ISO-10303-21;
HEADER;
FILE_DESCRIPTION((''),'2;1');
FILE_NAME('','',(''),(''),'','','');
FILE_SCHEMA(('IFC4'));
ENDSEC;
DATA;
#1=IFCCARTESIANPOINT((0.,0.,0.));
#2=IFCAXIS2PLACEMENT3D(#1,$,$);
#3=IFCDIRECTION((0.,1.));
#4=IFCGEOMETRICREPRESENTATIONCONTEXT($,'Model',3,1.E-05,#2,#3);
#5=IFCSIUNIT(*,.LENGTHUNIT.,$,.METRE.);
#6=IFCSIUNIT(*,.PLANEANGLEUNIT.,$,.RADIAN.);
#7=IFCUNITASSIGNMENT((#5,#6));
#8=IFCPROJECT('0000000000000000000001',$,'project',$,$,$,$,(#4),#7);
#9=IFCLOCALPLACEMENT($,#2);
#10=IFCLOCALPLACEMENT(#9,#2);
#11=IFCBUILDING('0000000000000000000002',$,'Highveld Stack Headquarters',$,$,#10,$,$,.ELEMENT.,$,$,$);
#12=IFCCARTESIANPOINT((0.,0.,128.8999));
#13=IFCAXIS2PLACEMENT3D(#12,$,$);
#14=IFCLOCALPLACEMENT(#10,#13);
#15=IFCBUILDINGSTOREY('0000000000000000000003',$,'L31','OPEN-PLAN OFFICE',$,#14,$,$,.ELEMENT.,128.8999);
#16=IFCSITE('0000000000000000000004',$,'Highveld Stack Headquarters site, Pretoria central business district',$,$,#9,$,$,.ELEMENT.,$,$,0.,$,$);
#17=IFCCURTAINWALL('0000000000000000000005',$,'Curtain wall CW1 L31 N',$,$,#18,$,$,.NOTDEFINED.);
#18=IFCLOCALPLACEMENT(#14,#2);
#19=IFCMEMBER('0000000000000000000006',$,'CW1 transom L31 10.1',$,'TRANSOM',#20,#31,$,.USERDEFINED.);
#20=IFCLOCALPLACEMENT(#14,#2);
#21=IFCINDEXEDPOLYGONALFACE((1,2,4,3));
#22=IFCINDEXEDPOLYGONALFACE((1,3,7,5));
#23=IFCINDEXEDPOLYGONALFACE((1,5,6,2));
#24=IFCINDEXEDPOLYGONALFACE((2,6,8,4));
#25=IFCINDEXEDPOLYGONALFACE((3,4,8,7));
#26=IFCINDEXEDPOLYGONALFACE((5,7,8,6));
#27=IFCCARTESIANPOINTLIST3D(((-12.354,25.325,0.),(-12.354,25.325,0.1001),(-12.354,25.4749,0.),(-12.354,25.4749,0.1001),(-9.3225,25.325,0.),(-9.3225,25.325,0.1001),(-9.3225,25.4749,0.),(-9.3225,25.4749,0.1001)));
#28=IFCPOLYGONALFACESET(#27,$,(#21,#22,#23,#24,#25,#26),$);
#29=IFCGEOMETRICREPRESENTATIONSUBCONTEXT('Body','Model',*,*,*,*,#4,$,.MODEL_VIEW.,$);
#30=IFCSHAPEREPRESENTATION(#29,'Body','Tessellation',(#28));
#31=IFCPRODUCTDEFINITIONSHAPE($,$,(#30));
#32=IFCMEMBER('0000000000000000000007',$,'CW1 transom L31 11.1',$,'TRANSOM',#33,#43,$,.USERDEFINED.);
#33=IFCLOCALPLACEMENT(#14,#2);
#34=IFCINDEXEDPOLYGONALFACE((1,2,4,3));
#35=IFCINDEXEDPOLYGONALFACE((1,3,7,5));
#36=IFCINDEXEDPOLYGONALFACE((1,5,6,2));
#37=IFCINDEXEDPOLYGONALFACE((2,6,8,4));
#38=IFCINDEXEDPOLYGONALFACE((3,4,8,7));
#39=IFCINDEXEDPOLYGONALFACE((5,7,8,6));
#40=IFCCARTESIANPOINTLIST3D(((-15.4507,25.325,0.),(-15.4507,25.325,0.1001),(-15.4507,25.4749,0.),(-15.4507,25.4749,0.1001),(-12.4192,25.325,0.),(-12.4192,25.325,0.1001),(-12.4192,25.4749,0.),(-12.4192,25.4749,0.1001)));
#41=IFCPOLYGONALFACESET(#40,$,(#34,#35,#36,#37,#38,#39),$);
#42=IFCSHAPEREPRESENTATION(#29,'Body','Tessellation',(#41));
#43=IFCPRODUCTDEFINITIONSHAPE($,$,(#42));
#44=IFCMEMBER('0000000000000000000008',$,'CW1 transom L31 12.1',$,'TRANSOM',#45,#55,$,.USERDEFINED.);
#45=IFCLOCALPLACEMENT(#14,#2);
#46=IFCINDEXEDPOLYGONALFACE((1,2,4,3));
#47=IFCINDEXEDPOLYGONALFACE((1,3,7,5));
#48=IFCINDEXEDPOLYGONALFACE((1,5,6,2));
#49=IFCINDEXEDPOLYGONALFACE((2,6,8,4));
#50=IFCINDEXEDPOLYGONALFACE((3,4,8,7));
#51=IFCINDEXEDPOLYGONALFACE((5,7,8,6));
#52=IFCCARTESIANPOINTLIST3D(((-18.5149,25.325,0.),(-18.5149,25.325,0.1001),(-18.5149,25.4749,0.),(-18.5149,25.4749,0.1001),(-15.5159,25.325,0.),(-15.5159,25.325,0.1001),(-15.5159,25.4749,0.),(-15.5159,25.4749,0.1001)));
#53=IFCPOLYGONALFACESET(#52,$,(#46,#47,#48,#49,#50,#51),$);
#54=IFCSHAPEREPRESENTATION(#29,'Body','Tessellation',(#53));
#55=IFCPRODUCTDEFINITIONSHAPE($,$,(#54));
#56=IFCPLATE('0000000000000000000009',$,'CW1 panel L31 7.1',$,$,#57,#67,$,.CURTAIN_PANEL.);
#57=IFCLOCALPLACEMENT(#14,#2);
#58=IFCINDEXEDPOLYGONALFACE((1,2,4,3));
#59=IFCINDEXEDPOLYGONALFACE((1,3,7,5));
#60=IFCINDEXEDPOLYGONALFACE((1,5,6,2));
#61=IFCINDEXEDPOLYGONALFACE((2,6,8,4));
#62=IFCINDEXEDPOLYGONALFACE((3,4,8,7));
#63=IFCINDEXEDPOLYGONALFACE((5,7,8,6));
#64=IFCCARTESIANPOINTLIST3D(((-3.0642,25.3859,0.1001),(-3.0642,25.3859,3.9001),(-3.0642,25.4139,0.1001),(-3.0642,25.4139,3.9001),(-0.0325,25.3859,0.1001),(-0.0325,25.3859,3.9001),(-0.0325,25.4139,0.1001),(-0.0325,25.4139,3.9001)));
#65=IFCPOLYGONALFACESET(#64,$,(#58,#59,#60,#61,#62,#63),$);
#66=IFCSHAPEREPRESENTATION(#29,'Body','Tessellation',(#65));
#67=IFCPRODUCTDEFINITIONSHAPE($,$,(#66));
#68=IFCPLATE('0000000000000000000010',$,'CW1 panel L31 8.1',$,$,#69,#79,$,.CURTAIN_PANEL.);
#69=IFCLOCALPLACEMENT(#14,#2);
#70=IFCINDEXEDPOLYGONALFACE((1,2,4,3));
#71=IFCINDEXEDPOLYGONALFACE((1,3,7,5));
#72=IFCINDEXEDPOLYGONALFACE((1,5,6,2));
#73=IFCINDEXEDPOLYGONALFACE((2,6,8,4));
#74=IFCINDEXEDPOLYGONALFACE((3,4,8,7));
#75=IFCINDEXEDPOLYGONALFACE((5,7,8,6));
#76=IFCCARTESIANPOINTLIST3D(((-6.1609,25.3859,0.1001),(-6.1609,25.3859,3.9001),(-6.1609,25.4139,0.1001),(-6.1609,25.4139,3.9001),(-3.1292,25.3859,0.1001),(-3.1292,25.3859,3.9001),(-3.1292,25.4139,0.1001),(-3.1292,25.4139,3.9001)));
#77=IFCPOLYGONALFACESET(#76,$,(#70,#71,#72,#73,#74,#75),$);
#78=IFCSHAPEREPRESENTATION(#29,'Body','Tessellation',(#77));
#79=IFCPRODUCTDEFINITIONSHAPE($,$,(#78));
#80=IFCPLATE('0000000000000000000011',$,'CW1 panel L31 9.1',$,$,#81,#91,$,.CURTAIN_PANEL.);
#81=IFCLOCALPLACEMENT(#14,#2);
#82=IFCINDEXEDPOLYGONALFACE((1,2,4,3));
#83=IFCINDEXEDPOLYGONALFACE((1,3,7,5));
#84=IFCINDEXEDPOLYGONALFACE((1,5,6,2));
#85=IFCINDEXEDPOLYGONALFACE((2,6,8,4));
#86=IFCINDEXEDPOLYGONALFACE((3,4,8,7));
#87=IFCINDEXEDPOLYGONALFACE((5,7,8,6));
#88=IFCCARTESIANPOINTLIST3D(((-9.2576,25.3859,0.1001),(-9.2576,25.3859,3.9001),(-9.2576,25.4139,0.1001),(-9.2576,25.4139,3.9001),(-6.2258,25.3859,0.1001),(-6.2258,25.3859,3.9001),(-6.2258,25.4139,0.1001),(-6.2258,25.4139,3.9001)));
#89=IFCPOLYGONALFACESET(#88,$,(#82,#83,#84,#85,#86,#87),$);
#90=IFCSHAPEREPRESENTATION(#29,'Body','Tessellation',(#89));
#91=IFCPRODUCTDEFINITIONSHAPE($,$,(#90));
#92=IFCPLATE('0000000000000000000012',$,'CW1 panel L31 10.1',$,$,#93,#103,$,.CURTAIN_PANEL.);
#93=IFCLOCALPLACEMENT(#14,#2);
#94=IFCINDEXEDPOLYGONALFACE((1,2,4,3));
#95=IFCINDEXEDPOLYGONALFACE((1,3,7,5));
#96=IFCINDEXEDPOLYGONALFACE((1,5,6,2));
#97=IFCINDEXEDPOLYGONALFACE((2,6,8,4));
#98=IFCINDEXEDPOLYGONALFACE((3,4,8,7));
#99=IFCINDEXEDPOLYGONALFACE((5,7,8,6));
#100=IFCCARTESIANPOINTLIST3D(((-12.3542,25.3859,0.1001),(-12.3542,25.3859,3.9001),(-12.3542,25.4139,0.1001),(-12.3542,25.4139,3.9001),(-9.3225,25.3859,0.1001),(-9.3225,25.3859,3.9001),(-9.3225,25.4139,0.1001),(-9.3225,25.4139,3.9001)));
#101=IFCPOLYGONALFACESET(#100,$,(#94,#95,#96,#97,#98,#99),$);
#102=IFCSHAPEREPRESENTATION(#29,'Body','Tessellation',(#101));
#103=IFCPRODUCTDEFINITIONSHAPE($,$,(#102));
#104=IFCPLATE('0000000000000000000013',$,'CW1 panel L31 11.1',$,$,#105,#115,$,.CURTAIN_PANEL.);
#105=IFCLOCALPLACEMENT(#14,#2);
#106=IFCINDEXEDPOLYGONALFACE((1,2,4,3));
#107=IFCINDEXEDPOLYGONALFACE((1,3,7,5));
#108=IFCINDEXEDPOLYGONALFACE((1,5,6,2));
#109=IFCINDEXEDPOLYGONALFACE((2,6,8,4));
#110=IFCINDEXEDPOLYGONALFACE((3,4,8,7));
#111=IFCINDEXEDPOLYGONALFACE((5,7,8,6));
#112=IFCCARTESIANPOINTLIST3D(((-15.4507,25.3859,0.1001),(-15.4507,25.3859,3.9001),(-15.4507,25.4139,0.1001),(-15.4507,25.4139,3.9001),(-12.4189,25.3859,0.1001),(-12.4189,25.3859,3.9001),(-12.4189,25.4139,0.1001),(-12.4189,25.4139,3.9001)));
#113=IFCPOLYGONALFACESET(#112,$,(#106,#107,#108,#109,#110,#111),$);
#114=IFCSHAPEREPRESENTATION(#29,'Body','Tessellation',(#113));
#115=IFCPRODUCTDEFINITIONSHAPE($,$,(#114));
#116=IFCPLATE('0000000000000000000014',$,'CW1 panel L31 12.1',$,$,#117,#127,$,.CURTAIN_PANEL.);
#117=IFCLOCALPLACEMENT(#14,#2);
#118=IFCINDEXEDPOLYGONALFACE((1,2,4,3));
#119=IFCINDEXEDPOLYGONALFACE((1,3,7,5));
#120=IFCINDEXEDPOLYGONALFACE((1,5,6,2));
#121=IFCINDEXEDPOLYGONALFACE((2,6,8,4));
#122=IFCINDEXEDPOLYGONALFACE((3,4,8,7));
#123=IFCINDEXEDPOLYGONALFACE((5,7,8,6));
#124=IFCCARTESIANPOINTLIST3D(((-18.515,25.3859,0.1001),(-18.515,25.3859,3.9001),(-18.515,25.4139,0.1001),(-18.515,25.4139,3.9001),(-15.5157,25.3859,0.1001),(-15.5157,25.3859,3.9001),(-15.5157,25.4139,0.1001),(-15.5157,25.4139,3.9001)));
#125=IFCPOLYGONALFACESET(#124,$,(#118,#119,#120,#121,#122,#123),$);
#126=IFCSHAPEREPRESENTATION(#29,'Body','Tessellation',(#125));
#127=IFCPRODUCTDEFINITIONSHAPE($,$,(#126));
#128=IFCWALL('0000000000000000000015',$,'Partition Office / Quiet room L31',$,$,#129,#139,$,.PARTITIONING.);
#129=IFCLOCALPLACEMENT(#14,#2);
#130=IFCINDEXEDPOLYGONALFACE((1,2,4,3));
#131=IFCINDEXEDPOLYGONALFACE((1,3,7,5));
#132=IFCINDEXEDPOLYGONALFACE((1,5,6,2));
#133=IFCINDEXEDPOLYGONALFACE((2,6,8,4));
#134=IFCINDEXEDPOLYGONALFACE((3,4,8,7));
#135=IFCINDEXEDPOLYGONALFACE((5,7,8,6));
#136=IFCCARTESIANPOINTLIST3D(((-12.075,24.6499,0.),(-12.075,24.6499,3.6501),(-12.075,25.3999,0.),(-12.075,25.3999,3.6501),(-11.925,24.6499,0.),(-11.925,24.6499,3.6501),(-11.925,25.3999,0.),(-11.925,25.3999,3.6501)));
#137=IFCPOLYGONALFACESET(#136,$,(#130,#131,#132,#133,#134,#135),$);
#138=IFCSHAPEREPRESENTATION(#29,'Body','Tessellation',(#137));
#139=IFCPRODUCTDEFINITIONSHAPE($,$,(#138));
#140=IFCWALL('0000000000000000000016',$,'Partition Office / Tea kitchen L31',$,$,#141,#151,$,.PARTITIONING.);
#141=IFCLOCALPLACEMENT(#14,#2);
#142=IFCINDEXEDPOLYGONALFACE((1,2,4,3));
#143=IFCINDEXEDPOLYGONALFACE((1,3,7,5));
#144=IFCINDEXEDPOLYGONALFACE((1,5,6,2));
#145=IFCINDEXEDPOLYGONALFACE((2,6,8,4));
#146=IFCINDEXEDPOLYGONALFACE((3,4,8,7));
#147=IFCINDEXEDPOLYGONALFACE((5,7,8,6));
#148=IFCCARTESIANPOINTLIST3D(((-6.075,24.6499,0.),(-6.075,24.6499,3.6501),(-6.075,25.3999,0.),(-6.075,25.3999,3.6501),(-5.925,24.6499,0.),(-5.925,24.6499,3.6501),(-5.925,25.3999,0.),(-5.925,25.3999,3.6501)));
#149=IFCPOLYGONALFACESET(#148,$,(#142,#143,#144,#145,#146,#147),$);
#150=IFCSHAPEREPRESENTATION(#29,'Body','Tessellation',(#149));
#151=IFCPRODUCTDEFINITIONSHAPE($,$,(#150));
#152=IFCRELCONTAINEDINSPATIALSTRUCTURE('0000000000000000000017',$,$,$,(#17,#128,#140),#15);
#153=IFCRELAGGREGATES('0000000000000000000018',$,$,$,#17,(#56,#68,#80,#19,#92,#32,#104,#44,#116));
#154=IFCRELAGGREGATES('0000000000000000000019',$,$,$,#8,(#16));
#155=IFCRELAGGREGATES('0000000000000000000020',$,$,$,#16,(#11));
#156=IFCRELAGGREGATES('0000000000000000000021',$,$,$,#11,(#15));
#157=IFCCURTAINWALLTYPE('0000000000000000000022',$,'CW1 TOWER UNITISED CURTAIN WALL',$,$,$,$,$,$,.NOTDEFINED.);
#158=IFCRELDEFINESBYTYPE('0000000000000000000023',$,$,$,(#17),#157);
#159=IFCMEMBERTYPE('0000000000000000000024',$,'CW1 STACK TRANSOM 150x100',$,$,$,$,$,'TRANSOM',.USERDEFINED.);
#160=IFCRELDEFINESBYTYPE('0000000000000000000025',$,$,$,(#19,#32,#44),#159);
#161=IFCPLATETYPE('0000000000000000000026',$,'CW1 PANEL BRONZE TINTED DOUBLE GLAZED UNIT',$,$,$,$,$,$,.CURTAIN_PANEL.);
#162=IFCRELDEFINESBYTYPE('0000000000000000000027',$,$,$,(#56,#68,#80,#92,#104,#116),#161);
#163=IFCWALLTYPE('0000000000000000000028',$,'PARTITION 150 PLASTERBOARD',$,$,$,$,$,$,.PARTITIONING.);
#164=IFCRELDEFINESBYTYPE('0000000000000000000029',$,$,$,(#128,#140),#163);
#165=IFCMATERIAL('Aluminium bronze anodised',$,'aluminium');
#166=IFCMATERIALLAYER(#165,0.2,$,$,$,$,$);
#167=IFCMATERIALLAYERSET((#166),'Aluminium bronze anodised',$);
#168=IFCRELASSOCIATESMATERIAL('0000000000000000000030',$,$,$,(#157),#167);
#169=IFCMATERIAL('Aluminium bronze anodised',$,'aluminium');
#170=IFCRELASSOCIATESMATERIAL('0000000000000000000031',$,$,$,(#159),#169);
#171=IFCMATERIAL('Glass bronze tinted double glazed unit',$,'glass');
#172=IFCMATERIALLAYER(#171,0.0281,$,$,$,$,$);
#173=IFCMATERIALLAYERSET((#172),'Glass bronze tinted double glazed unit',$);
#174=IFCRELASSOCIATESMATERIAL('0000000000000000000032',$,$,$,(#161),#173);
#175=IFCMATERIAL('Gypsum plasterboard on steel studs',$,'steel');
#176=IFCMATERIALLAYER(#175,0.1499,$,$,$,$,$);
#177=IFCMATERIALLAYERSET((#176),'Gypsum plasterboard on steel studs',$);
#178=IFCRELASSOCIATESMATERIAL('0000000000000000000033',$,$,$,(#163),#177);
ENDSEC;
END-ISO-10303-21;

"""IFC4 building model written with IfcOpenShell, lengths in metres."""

from ifc_helpers import new_model, si_unit, direction, frame, frame_2d, origin, origin_2d, place, context, subcontext, project, spatial, rectangle, extrude, material, layer, layer_set, material_profile, profile_set, type_object, element, aggregate, save


model = new_model("IFC4")

# Units and contexts
model_context = context("Model", 3, precision=1e-05, world=origin(), true_north=direction((0.0, 1.0)))
body_context = subcontext(model_context, "Body", "Model", "MODEL_VIEW")
ifc_project = project(units=[si_unit("LENGTHUNIT", "METRE"), si_unit("PLANEANGLEUNIT", "RADIAN")], contexts=[model_context])

# Site, building, storey
site_placement = place(None, origin())
site = spatial("IfcSite", under=ifc_project, at=site_placement, Name="Highveld Stack Headquarters site, Pretoria central business district", CompositionType="ELEMENT", RefElevation=0.0)
building_placement = place(site_placement, origin())
building = spatial("IfcBuilding", under=site, at=building_placement, Name="Highveld Stack Headquarters", CompositionType="ELEMENT")
storey_placement = place(building_placement, frame((0.0, 0.0, 128.8999)))
storey = spatial("IfcBuildingStorey", under=building, at=storey_placement, Name="L31", Description="OPEN-PLAN OFFICE", CompositionType="ELEMENT", Elevation=128.8999)

# Curtain wall, members, plates
ifc_material_1 = material(Name="Aluminium bronze anodised", Category="aluminium")
ifc_layer_1 = layer(ifc_material_1, 0.2)
ifc_layer_set_1 = layer_set([ifc_layer_1], Name="Aluminium bronze anodised")
curtain_wall_type = type_object("IfcCurtainWallType", Name="CW1 TOWER UNITISED CURTAIN WALL", PredefinedType="NOTDEFINED", material=ifc_layer_set_1)
curtain_wall_placement = place(storey_placement, origin())
curtain_wall = element("IfcCurtainWall", 1, at=curtain_wall_placement, inside=storey, type_object=curtain_wall_type, Name="Curtain wall CW1 L31 N", PredefinedType="NOTDEFINED")
ifc_material_2 = material(Name="Aluminium bronze anodised", Category="aluminium")
ifc_material_profile_1 = material_profile(ifc_material_2, rectangle(XDim=0.1499, YDim=0.1001, at=origin_2d()), Name="CW1 TRANSOM 150x100")
ifc_profile_set_1 = profile_set([ifc_material_profile_1], Name="Aluminium bronze anodised")
member_type_1 = type_object("IfcMemberType", Name="CW1 STACK TRANSOM 150x100", ElementType="TRANSOM", PredefinedType="USERDEFINED", material=ifc_profile_set_1)
member_1_placement = place(storey_placement, frame((-9.3225, 25.3999, 0.05), z_axis=(-1.0, 0.0, 0.0), x_axis=(0.0, -1.0, 0.0)))
member_1 = element("IfcMember", 2, at=member_1_placement, type_object=member_type_1, Name="CW1 transom L31 10.1", ObjectType="TRANSOM", PredefinedType="USERDEFINED", context=body_context, shape_type="SweptSolid", body=[
    extrude(rectangle(XDim=0.1499, YDim=0.1001, at=origin_2d()), origin(), (0.0, 0.0, 1.0), 3.0315),
])
member_2_placement = place(storey_placement, frame((-12.4192, 25.3999, 0.05), z_axis=(-1.0, 0.0, 0.0), x_axis=(0.0, -1.0, 0.0)))
member_2 = element("IfcMember", 3, at=member_2_placement, type_object=member_type_1, Name="CW1 transom L31 11.1", ObjectType="TRANSOM", PredefinedType="USERDEFINED", context=body_context, shape_type="SweptSolid", body=[
    extrude(rectangle(XDim=0.1499, YDim=0.1001, at=origin_2d()), origin(), (0.0, 0.0, 1.0), 3.0315),
])
member_3_placement = place(storey_placement, frame((-15.5159, 25.3999, 0.05), z_axis=(-1.0, 0.0, 0.0), x_axis=(0.0, -1.0, 0.0)))
member_3 = element("IfcMember", 4, at=member_3_placement, type_object=member_type_1, Name="CW1 transom L31 12.1", ObjectType="TRANSOM", PredefinedType="USERDEFINED", context=body_context, shape_type="SweptSolid", body=[
    extrude(rectangle(XDim=0.1499, YDim=0.1001, at=origin_2d()), origin(), (0.0, 0.0, 1.0), 2.999),
])
ifc_material_3 = material(Name="Glass bronze tinted double glazed unit", Category="glass")
ifc_layer_2 = layer(ifc_material_3, 0.0281)
ifc_layer_set_2 = layer_set([ifc_layer_2], Name="Glass bronze tinted double glazed unit")
plate_type = type_object("IfcPlateType", Name="CW1 PANEL BRONZE TINTED DOUBLE GLAZED UNIT", PredefinedType="CURTAIN_PANEL", material=ifc_layer_set_2)
plate_1_placement = place(storey_placement, frame((-1.5483, 25.3999, 0.1001), z_axis=(0.0, 0.0, 1.0), x_axis=(-1.0, 0.0, 0.0)))
plate_1 = element("IfcPlate", 5, at=plate_1_placement, type_object=plate_type, Name="CW1 panel L31 7.1", PredefinedType="CURTAIN_PANEL", context=body_context, shape_type="SweptSolid", body=[
    extrude(rectangle(XDim=3.0317, YDim=0.0281, at=origin_2d()), origin(), (0.0, 0.0, 1.0), 3.8),
])
plate_2_placement = place(storey_placement, frame((-4.645, 25.3999, 0.1001), z_axis=(0.0, 0.0, 1.0), x_axis=(-1.0, 0.0, 0.0)))
plate_2 = element("IfcPlate", 6, at=plate_2_placement, type_object=plate_type, Name="CW1 panel L31 8.1", PredefinedType="CURTAIN_PANEL", context=body_context, shape_type="SweptSolid", body=[
    extrude(rectangle(XDim=3.0317, YDim=0.0281, at=origin_2d()), origin(), (0.0, 0.0, 1.0), 3.8),
])
plate_3_placement = place(storey_placement, frame((-7.7417, 25.3999, 0.1001), z_axis=(0.0, 0.0, 1.0), x_axis=(-1.0, 0.0, 0.0)))
plate_3 = element("IfcPlate", 7, at=plate_3_placement, type_object=plate_type, Name="CW1 panel L31 9.1", PredefinedType="CURTAIN_PANEL", context=body_context, shape_type="SweptSolid", body=[
    extrude(rectangle(XDim=3.0317, YDim=0.0281, at=origin_2d()), origin(), (0.0, 0.0, 1.0), 3.8),
])
plate_4_placement = place(storey_placement, frame((-10.8384, 25.3999, 0.1001), z_axis=(0.0, 0.0, 1.0), x_axis=(-1.0, 0.0, 0.0)))
plate_4 = element("IfcPlate", 8, at=plate_4_placement, type_object=plate_type, Name="CW1 panel L31 10.1", PredefinedType="CURTAIN_PANEL", context=body_context, shape_type="SweptSolid", body=[
    extrude(rectangle(XDim=3.0317, YDim=0.0281, at=origin_2d()), origin(), (0.0, 0.0, 1.0), 3.8),
])
plate_5_placement = place(storey_placement, frame((-13.9348, 25.3999, 0.1001), z_axis=(0.0, 0.0, 1.0), x_axis=(-1.0, 0.0, 0.0)))
plate_5 = element("IfcPlate", 9, at=plate_5_placement, type_object=plate_type, Name="CW1 panel L31 11.1", PredefinedType="CURTAIN_PANEL", context=body_context, shape_type="SweptSolid", body=[
    extrude(rectangle(XDim=3.0317, YDim=0.0281, at=origin_2d()), origin(), (0.0, 0.0, 1.0), 3.8),
])
plate_6_placement = place(storey_placement, frame((-17.0154, 25.3999, 0.1001), z_axis=(0.0, 0.0, 1.0), x_axis=(-1.0, 0.0, 0.0)))
plate_6 = element("IfcPlate", 10, at=plate_6_placement, type_object=plate_type, Name="CW1 panel L31 12.1", PredefinedType="CURTAIN_PANEL", context=body_context, shape_type="SweptSolid", body=[
    extrude(rectangle(XDim=2.9993, YDim=0.0281, at=origin_2d()), origin(), (0.0, 0.0, 1.0), 3.8),
])
aggregate(curtain_wall, [plate_1, plate_2, plate_3, member_1, plate_4, member_2, plate_5, member_3, plate_6])

# Walls
ifc_material_4 = material(Name="Gypsum plasterboard on steel studs", Category="steel")
ifc_layer_3 = layer(ifc_material_4, 0.1499)
ifc_layer_set_3 = layer_set([ifc_layer_3], Name="Gypsum plasterboard on steel studs")
wall_type = type_object("IfcWallType", Name="PARTITION 150 PLASTERBOARD", PredefinedType="PARTITIONING", material=ifc_layer_set_3)
for number, where, z_axis, x_axis, name in (
    (11, (-12.0, 24.6499, 0.0), (0.0, 0.0, 1.0), (0.0, 1.0, 0.0), "Partition Office / Quiet room L31"),
    (12, (-6.0, 24.6499, 0.0), (0.0, 0.0, 1.0), (0.0, 1.0, 0.0), "Partition Office / Tea kitchen L31"),
):
    element("IfcWall", number, at=place(storey_placement, frame(where, z_axis=z_axis, x_axis=x_axis)), inside=storey, type_object=wall_type, Name=name, PredefinedType="PARTITIONING", context=body_context, shape_type="SweptSolid", body=[
        extrude(rectangle(XDim=0.75, YDim=0.1499, at=frame_2d((0.375, 0.0))), origin(), (0.0, 0.0, 1.0), 3.6501),
    ])

save(model, "model.ifc")
